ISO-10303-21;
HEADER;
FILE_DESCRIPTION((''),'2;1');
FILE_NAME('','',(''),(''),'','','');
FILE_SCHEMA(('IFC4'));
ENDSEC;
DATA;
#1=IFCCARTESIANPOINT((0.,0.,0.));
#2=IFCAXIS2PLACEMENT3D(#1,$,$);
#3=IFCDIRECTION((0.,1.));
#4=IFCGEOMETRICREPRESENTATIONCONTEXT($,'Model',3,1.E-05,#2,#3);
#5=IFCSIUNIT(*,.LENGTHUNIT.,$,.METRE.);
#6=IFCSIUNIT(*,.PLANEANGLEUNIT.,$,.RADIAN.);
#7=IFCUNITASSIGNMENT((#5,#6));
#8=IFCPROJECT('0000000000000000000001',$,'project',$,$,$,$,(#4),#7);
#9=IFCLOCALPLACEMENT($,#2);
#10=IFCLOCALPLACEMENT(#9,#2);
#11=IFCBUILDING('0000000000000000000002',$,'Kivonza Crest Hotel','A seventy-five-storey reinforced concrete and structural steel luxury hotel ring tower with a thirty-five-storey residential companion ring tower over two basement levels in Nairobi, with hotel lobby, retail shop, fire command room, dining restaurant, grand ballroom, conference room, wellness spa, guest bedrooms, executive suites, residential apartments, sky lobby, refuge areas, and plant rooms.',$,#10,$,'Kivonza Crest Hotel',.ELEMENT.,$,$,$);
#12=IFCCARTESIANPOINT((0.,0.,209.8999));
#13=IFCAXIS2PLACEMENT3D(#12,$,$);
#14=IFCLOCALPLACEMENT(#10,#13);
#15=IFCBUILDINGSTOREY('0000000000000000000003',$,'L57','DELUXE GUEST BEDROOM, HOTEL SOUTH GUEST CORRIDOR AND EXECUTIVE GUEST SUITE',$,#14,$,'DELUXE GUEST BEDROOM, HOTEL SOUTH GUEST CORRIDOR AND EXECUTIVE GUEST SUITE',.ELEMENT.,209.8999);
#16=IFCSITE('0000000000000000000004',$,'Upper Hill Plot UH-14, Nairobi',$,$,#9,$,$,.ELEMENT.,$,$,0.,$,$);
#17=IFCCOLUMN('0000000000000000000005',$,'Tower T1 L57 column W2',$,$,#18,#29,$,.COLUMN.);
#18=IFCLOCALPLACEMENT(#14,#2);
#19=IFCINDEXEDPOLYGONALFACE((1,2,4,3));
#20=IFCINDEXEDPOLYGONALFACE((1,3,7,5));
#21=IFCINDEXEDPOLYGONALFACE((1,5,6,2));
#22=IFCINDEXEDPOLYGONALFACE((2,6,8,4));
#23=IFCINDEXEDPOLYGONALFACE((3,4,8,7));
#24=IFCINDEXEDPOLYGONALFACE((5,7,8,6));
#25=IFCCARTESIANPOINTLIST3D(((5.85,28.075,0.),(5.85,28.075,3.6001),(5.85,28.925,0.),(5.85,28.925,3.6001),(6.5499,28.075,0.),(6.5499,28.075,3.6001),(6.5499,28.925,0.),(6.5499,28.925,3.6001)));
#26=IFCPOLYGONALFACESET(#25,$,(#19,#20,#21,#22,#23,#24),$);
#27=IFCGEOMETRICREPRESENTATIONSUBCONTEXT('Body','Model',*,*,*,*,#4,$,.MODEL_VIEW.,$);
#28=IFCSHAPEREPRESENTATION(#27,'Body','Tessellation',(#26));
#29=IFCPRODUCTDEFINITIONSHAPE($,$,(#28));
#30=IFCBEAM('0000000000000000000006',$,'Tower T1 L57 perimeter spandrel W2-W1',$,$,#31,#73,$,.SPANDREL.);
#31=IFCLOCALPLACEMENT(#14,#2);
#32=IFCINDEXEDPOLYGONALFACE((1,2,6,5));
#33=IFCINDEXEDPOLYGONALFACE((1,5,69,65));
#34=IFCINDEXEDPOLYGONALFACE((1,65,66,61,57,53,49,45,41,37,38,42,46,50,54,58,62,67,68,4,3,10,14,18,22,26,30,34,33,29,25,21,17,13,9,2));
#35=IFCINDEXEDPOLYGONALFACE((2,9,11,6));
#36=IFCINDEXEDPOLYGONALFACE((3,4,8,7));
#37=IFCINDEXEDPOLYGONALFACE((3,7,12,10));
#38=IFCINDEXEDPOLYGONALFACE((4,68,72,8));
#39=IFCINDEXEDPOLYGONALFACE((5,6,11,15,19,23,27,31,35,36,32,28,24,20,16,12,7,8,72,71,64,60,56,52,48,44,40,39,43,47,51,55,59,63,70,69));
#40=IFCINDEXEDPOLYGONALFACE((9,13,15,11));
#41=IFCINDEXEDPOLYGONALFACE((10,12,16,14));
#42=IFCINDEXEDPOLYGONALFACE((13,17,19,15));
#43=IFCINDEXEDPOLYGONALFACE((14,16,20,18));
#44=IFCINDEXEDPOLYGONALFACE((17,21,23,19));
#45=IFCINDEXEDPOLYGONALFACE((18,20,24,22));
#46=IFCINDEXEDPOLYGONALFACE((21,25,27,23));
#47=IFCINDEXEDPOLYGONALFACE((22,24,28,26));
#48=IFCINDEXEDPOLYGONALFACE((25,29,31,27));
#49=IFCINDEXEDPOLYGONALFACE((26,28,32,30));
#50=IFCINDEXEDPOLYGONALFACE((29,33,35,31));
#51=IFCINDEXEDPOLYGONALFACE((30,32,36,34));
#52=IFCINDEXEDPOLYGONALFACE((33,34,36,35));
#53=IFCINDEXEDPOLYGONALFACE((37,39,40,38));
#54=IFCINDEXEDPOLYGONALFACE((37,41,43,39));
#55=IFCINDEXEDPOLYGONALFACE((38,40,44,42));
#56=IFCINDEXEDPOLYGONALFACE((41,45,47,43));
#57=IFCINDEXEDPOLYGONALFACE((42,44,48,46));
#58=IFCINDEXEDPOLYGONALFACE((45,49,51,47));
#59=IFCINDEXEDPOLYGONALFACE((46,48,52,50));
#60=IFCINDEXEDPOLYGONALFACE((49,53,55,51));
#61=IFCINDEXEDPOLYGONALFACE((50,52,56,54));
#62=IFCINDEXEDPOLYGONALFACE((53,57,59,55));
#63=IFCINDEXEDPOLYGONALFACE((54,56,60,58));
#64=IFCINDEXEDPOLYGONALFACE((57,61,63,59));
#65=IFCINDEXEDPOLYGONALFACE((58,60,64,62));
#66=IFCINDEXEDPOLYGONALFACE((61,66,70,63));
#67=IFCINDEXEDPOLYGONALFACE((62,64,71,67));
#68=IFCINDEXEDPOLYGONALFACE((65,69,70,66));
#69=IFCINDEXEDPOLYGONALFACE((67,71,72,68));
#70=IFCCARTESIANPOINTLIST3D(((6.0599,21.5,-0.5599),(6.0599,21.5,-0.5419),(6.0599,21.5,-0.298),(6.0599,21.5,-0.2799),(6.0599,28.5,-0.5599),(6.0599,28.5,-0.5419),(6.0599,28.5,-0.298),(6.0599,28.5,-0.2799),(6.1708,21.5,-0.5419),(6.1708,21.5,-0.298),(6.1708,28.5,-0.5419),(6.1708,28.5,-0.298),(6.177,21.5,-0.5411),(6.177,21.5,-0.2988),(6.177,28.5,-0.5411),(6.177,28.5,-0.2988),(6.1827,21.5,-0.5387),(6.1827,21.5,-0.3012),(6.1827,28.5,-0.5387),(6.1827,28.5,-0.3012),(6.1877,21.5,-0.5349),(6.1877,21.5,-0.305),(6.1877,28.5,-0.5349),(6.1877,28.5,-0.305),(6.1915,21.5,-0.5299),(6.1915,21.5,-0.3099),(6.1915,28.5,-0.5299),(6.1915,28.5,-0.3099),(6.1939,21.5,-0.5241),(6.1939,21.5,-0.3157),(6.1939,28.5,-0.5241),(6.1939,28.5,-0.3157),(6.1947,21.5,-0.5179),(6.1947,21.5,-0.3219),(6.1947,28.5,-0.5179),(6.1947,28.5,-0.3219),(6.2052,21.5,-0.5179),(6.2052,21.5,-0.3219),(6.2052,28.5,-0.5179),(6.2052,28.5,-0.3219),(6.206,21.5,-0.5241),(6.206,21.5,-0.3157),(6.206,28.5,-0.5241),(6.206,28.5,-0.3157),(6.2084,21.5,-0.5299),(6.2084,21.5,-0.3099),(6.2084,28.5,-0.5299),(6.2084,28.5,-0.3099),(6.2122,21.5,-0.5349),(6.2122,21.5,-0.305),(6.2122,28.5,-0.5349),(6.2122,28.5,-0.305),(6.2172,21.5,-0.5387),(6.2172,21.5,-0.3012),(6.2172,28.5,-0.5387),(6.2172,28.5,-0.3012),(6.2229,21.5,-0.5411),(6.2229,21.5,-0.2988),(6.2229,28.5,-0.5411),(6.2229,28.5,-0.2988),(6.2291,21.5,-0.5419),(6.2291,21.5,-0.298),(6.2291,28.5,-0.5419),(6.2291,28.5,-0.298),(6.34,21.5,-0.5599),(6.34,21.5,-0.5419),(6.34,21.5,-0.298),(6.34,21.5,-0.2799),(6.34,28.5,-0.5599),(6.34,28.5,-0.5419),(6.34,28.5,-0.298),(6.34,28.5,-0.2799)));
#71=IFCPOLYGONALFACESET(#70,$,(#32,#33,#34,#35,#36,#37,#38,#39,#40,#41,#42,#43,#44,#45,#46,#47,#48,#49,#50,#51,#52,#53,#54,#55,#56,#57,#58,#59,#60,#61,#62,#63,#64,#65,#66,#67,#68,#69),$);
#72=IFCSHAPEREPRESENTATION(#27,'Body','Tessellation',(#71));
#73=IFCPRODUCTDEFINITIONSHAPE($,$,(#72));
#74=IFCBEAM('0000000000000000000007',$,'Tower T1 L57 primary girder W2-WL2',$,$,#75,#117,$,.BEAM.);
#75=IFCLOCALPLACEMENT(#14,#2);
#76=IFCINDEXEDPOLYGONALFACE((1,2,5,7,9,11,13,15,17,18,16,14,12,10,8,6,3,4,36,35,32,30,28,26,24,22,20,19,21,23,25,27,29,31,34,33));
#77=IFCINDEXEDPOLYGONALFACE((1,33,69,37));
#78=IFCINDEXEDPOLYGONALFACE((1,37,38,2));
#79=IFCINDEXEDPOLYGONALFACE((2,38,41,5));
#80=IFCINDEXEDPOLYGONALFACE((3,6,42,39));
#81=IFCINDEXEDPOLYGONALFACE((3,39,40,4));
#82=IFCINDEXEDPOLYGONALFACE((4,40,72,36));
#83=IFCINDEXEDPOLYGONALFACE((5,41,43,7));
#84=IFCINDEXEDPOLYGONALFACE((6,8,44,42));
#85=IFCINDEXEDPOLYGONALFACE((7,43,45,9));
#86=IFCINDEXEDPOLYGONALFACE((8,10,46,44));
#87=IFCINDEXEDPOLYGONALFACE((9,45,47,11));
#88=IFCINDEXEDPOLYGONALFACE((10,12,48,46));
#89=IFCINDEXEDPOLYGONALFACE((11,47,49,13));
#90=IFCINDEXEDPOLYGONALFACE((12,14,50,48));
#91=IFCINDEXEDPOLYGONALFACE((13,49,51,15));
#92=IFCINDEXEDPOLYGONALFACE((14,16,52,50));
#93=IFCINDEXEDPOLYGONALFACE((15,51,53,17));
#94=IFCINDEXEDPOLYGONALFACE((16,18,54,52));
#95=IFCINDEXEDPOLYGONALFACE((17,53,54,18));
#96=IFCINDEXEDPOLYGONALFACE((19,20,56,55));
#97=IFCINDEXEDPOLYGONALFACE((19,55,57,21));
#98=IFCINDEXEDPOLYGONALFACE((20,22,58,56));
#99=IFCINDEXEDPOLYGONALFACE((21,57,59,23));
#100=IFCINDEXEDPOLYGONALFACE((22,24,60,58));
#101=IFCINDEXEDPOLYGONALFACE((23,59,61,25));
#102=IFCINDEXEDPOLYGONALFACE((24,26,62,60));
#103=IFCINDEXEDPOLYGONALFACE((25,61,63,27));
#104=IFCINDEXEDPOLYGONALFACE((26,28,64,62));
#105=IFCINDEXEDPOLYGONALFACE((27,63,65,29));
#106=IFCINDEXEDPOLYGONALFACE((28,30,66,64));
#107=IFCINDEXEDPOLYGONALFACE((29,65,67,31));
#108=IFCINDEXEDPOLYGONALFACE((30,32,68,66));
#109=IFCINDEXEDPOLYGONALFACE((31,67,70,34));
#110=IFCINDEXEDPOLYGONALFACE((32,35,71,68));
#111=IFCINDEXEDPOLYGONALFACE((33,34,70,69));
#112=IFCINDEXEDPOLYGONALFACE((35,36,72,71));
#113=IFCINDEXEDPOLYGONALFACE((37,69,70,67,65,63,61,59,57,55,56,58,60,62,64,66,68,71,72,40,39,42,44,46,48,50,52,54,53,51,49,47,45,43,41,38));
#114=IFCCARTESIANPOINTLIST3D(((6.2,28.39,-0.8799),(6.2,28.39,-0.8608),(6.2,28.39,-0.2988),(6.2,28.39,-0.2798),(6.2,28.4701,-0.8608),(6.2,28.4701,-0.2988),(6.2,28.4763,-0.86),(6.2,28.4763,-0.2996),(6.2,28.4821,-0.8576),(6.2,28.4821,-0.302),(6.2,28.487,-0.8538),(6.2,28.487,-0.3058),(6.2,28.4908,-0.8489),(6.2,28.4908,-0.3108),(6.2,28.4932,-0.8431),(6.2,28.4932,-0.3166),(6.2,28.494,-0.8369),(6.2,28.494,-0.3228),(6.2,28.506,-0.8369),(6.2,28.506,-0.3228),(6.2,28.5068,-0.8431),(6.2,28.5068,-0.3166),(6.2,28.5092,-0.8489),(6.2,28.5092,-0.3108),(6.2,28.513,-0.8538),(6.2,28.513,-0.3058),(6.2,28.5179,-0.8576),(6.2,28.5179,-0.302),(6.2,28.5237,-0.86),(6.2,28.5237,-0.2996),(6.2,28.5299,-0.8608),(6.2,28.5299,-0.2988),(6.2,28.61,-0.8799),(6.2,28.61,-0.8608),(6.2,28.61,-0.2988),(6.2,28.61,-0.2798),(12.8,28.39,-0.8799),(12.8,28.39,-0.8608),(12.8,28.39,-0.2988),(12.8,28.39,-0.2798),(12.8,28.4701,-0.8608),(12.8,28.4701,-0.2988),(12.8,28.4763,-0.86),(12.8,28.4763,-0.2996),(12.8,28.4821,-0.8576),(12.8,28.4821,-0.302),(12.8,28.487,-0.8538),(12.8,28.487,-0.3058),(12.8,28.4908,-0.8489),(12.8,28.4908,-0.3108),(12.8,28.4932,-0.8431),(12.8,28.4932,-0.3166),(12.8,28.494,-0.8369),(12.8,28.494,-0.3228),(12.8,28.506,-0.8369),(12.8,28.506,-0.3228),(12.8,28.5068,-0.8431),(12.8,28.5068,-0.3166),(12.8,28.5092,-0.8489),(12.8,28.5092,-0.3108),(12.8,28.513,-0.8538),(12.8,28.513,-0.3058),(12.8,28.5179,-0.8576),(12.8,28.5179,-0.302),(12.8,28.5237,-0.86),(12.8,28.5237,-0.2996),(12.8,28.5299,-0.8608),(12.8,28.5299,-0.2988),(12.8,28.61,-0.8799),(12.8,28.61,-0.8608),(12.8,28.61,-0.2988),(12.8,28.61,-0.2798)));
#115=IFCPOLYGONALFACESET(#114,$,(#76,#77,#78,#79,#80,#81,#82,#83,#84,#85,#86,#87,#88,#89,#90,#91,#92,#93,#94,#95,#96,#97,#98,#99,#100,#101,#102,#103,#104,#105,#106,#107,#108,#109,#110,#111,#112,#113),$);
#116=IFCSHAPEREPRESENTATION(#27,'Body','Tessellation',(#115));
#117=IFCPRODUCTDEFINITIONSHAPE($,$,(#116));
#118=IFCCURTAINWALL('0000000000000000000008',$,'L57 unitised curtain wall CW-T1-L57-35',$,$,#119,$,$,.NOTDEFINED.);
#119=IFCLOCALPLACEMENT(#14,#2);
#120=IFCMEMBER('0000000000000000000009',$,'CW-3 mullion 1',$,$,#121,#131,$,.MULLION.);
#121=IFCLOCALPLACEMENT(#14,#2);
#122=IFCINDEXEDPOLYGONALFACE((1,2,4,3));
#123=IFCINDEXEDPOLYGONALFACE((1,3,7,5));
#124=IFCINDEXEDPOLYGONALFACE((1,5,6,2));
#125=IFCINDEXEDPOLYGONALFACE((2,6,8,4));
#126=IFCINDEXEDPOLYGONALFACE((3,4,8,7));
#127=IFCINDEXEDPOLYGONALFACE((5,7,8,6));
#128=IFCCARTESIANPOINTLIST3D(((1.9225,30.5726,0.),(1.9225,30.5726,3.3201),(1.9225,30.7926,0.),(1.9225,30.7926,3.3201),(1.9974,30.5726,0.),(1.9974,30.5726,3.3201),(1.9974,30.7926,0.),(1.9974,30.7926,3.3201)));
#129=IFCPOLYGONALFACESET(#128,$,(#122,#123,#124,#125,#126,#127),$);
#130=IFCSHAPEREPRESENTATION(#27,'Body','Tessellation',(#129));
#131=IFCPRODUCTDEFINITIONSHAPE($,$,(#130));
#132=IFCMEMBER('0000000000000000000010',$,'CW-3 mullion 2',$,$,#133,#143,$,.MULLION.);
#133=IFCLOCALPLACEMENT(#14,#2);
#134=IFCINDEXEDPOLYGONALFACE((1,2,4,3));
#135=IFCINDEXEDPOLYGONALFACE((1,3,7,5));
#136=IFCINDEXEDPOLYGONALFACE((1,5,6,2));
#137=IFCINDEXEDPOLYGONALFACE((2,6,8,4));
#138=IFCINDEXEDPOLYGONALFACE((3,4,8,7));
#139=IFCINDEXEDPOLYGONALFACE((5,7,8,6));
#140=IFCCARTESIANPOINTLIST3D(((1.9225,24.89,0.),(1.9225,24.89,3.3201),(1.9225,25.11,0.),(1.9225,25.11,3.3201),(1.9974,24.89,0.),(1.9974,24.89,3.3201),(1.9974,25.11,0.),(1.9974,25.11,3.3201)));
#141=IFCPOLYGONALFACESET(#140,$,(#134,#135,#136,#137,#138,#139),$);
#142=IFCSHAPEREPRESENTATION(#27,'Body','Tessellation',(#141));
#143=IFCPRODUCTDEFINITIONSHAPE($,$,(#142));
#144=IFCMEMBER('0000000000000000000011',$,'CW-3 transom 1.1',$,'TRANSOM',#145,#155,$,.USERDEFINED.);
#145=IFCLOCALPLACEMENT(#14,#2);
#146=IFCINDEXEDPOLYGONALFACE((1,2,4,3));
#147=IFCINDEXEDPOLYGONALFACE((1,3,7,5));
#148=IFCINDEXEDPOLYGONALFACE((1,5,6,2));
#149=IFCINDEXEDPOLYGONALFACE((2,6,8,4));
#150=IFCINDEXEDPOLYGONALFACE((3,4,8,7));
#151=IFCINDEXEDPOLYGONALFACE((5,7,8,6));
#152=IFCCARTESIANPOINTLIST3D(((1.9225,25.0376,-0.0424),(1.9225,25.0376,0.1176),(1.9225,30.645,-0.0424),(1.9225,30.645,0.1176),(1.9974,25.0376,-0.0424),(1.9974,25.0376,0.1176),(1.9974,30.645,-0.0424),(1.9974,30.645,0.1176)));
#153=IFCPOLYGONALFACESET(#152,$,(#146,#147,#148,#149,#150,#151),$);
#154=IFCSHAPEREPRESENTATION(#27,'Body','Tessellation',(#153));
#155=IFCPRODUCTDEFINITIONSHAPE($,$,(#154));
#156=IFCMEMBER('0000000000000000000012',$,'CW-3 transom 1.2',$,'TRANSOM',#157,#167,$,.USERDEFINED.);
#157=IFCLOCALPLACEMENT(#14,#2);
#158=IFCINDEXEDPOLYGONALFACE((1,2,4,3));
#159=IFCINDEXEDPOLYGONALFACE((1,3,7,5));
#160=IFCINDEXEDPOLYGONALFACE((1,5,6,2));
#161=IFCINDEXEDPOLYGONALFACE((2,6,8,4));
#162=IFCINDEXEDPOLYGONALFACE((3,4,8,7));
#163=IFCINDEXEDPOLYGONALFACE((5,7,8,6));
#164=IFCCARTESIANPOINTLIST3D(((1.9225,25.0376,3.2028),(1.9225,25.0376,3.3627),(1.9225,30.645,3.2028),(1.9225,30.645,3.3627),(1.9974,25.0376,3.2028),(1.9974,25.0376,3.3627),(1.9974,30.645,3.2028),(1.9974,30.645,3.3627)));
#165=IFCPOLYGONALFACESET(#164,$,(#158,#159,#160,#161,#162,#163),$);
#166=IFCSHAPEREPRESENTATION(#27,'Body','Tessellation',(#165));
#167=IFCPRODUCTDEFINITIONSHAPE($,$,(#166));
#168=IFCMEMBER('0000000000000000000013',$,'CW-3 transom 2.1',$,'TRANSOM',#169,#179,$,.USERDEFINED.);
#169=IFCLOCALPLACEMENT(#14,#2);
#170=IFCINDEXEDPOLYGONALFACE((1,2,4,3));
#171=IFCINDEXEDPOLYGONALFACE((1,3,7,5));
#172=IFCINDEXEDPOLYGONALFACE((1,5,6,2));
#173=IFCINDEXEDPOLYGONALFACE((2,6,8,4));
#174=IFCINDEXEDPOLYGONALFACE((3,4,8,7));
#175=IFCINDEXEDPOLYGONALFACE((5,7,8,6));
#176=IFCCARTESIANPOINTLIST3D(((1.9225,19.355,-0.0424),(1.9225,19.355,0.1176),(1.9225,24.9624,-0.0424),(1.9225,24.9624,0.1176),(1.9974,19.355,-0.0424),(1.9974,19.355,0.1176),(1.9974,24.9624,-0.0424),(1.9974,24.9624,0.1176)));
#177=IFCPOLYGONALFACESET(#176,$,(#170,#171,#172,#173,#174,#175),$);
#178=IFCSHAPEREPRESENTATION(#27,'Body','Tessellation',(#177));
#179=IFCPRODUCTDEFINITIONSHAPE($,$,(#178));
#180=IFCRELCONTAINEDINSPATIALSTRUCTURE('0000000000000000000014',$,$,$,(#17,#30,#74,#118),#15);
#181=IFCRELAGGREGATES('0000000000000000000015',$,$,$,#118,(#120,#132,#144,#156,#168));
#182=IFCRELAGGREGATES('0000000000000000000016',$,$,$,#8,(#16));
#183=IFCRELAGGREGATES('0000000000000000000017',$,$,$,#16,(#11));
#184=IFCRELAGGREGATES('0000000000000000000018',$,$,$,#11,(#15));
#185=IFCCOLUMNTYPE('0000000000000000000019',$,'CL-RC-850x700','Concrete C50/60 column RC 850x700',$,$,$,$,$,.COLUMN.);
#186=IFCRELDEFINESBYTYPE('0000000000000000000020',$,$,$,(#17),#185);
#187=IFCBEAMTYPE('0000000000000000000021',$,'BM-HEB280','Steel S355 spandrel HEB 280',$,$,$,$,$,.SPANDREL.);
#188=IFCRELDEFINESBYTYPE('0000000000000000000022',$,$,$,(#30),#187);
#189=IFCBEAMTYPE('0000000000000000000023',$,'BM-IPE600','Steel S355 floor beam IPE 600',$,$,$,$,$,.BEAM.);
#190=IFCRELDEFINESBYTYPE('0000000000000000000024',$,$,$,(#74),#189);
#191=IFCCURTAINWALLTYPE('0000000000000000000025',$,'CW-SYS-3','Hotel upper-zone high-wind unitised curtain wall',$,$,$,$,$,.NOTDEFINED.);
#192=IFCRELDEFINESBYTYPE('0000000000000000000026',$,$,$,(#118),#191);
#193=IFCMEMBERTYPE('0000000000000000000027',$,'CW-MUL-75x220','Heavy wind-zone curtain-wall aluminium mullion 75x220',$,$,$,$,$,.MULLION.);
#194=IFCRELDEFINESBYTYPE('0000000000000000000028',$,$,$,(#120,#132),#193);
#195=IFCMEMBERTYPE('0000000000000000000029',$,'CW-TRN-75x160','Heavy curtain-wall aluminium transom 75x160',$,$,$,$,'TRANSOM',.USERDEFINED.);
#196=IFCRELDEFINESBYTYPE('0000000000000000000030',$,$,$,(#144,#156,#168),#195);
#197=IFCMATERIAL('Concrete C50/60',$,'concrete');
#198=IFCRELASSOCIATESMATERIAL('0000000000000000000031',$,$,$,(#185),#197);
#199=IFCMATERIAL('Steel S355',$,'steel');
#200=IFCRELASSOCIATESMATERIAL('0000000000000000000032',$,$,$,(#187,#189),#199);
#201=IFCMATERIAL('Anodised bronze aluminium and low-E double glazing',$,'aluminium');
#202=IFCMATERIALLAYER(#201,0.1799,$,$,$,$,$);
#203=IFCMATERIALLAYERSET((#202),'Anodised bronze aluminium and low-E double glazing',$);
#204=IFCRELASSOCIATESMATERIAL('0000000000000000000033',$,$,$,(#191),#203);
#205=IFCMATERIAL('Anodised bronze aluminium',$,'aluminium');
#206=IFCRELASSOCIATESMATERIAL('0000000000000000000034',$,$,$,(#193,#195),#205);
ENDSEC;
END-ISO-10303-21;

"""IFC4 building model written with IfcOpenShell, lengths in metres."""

from ifc_helpers import new_model, si_unit, direction, frame, origin, origin_2d, place, context, subcontext, project, spatial, rectangle, i_section, extrude, material, layer, layer_set, material_profile, profile_set, type_object, element, aggregate, save


model = new_model("IFC4")

# Units and contexts
model_context = context("Model", 3, precision=1e-05, world=origin(), true_north=direction((0.0, 1.0)))
body_context = subcontext(model_context, "Body", "Model", "MODEL_VIEW")
ifc_project = project(units=[si_unit("LENGTHUNIT", "METRE"), si_unit("PLANEANGLEUNIT", "RADIAN")], contexts=[model_context])

# Site, building, storey
site_placement = place(None, origin())
site = spatial("IfcSite", under=ifc_project, at=site_placement, Name="Upper Hill Plot UH-14, Nairobi", CompositionType="ELEMENT", RefElevation=0.0)
building_placement = place(site_placement, origin())
building = spatial("IfcBuilding", under=site, at=building_placement, Name="Kivonza Crest Hotel", Description="A seventy-five-storey reinforced concrete and structural steel luxury hotel ring tower with a thirty-five-storey residential companion ring tower over two basement levels in Nairobi, with hotel lobby, retail shop, fire command room, dining restaurant, grand ballroom, conference room, wellness spa, guest bedrooms, executive suites, residential apartments, sky lobby, refuge areas, and plant rooms.", LongName="Kivonza Crest Hotel", CompositionType="ELEMENT")
storey_placement = place(building_placement, frame((0.0, 0.0, 209.8999)))
storey = spatial("IfcBuildingStorey", under=building, at=storey_placement, Name="L57", Description="DELUXE GUEST BEDROOM, HOTEL SOUTH GUEST CORRIDOR AND EXECUTIVE GUEST SUITE", LongName="DELUXE GUEST BEDROOM, HOTEL SOUTH GUEST CORRIDOR AND EXECUTIVE GUEST SUITE", CompositionType="ELEMENT", Elevation=209.8999)

# Column
ifc_material_1 = material(Name="Concrete C50/60", Category="concrete")
ifc_material_profile_1 = material_profile(ifc_material_1, rectangle(XDim=0.7, YDim=0.8501, at=origin_2d()), Name="RC 850x700")
ifc_profile_set_1 = profile_set([ifc_material_profile_1], Name="Concrete C50/60")
column_type = type_object("IfcColumnType", Name="CL-RC-850x700", Description="Concrete C50/60 column RC 850x700", PredefinedType="COLUMN", material=ifc_profile_set_1)
column_placement = place(storey_placement, frame((6.2, 28.5, 0.0), z_axis=(0.0, 0.0, 1.0), x_axis=(1.0, 0.0, 0.0)))
element("IfcColumn", 1, at=column_placement, inside=storey, type_object=column_type, Name="Tower T1 L57 column W2", PredefinedType="COLUMN", context=body_context, shape_type="SweptSolid", body=[
    extrude(rectangle(XDim=0.7, YDim=0.8501, at=origin_2d()), origin(), (0.0, 0.0, 1.0), 3.6001),
])

# Beams
ifc_material_2 = material(Name="Steel S355", Category="steel")
ifc_material_profile_2 = material_profile(ifc_material_2, i_section(OverallWidth=0.28, OverallDepth=0.28, WebThickness=0.0105, FlangeThickness=0.0181, FilletRadius=0.0239, at=origin_2d()), Name="HEB 280")
ifc_profile_set_2 = profile_set([ifc_material_profile_2], Name="Steel S355")
beam_type_1 = type_object("IfcBeamType", Name="BM-HEB280", Description="Steel S355 spandrel HEB 280", PredefinedType="SPANDREL", material=ifc_profile_set_2)
beam_1_placement = place(storey_placement, frame((6.2, 28.5, -0.4199), z_axis=(0.0, -1.0, 0.0), x_axis=(1.0, 0.0, 0.0)))
element("IfcBeam", 2, at=beam_1_placement, inside=storey, type_object=beam_type_1, Name="Tower T1 L57 perimeter spandrel W2-W1", PredefinedType="SPANDREL", context=body_context, shape_type="SweptSolid", body=[
    extrude(i_section(OverallWidth=0.28, OverallDepth=0.28, WebThickness=0.0105, FlangeThickness=0.0181, FilletRadius=0.0239, at=origin_2d()), origin(), (0.0, 0.0, 1.0), 7.0),
])
ifc_material_profile_3 = material_profile(ifc_material_2, i_section(OverallWidth=0.22, OverallDepth=0.6001, WebThickness=0.012, FlangeThickness=0.019, FilletRadius=0.0239, at=origin_2d()), Name="IPE 600")
ifc_profile_set_3 = profile_set([ifc_material_profile_3], Name="Steel S355")
beam_type_2 = type_object("IfcBeamType", Name="BM-IPE600", Description="Steel S355 floor beam IPE 600", PredefinedType="BEAM", material=ifc_profile_set_3)
beam_2_placement = place(storey_placement, frame((6.2, 28.5, -0.5798), z_axis=(1.0, 0.0, 0.0), x_axis=(0.0, 1.0, 0.0)))
element("IfcBeam", 3, at=beam_2_placement, inside=storey, type_object=beam_type_2, Name="Tower T1 L57 primary girder W2-WL2", PredefinedType="BEAM", context=body_context, shape_type="SweptSolid", body=[
    extrude(i_section(OverallWidth=0.22, OverallDepth=0.6001, WebThickness=0.012, FlangeThickness=0.019, FilletRadius=0.0239, at=origin_2d()), origin(), (0.0, 0.0, 1.0), 6.6001),
])

# Curtain wall, members
ifc_material_3 = material(Name="Anodised bronze aluminium and low-E double glazing", Category="aluminium")
ifc_layer_1 = layer(ifc_material_3, 0.1799)
ifc_layer_set_1 = layer_set([ifc_layer_1], Name="Anodised bronze aluminium and low-E double glazing")
curtain_wall_type = type_object("IfcCurtainWallType", Name="CW-SYS-3", Description="Hotel upper-zone high-wind unitised curtain wall", PredefinedType="NOTDEFINED", material=ifc_layer_set_1)
curtain_wall_placement = place(storey_placement, origin())
curtain_wall = element("IfcCurtainWall", 4, at=curtain_wall_placement, inside=storey, type_object=curtain_wall_type, Name="L57 unitised curtain wall CW-T1-L57-35", PredefinedType="NOTDEFINED")
ifc_material_4 = material(Name="Anodised bronze aluminium", Category="aluminium")
ifc_material_profile_4 = material_profile(ifc_material_4, rectangle(XDim=0.075, YDim=0.22, at=origin_2d()), Name="CW-M 75x220")
ifc_profile_set_4 = profile_set([ifc_material_profile_4], Name="Anodised bronze aluminium")
member_type_1 = type_object("IfcMemberType", Name="CW-MUL-75x220", Description="Heavy wind-zone curtain-wall aluminium mullion 75x220", PredefinedType="MULLION", material=ifc_profile_set_4)
member_1_placement = place(storey_placement, frame((1.96, 30.6826, 0.0), z_axis=(0.0, 0.0, 1.0), x_axis=(1.0, 0.0, 0.0)))
member_1 = element("IfcMember", 5, at=member_1_placement, type_object=member_type_1, Name="CW-3 mullion 1", PredefinedType="MULLION", context=body_context, shape_type="SweptSolid", body=[
    extrude(rectangle(XDim=0.075, YDim=0.22, at=origin_2d()), origin(), (0.0, 0.0, 1.0), 3.3201),
])
member_2_placement = place(storey_placement, frame((1.96, 25.0, 0.0), z_axis=(0.0, 0.0, 1.0), x_axis=(1.0, 0.0, 0.0)))
member_2 = element("IfcMember", 6, at=member_2_placement, type_object=member_type_1, Name="CW-3 mullion 2", PredefinedType="MULLION", context=body_context, shape_type="SweptSolid", body=[
    extrude(rectangle(XDim=0.075, YDim=0.22, at=origin_2d()), origin(), (0.0, 0.0, 1.0), 3.3201),
])
ifc_material_profile_5 = material_profile(ifc_material_4, rectangle(XDim=0.075, YDim=0.1599, at=origin_2d()), Name="CW-T 75x160")
ifc_profile_set_5 = profile_set([ifc_material_profile_5], Name="Anodised bronze aluminium")
member_type_2 = type_object("IfcMemberType", Name="CW-TRN-75x160", Description="Heavy curtain-wall aluminium transom 75x160", ElementType="TRANSOM", PredefinedType="USERDEFINED", material=ifc_profile_set_5)
member_3_placement = place(storey_placement, frame((1.96, 30.645, 0.0376), z_axis=(0.0, -1.0, 0.0), x_axis=(1.0, 0.0, 0.0)))
member_3 = element("IfcMember", 7, at=member_3_placement, type_object=member_type_2, Name="CW-3 transom 1.1", ObjectType="TRANSOM", PredefinedType="USERDEFINED", context=body_context, shape_type="SweptSolid", body=[
    extrude(rectangle(XDim=0.075, YDim=0.1599, at=origin_2d()), origin(), (0.0, 0.0, 1.0), 5.6074),
])
member_4_placement = place(storey_placement, frame((1.96, 30.645, 3.2827), z_axis=(0.0, -1.0, 0.0), x_axis=(1.0, 0.0, 0.0)))
member_4 = element("IfcMember", 8, at=member_4_placement, type_object=member_type_2, Name="CW-3 transom 1.2", ObjectType="TRANSOM", PredefinedType="USERDEFINED", context=body_context, shape_type="SweptSolid", body=[
    extrude(rectangle(XDim=0.075, YDim=0.1599, at=origin_2d()), origin(), (0.0, 0.0, 1.0), 5.6074),
])
member_5_placement = place(storey_placement, frame((1.96, 24.9624, 0.0376), z_axis=(0.0, -1.0, 0.0), x_axis=(1.0, 0.0, 0.0)))
member_5 = element("IfcMember", 9, at=member_5_placement, type_object=member_type_2, Name="CW-3 transom 2.1", ObjectType="TRANSOM", PredefinedType="USERDEFINED", context=body_context, shape_type="SweptSolid", body=[
    extrude(rectangle(XDim=0.075, YDim=0.1599, at=origin_2d()), origin(), (0.0, 0.0, 1.0), 5.6074),
])
aggregate(curtain_wall, [member_1, member_2, member_3, member_4, member_5])

save(model, "model.ifc")
